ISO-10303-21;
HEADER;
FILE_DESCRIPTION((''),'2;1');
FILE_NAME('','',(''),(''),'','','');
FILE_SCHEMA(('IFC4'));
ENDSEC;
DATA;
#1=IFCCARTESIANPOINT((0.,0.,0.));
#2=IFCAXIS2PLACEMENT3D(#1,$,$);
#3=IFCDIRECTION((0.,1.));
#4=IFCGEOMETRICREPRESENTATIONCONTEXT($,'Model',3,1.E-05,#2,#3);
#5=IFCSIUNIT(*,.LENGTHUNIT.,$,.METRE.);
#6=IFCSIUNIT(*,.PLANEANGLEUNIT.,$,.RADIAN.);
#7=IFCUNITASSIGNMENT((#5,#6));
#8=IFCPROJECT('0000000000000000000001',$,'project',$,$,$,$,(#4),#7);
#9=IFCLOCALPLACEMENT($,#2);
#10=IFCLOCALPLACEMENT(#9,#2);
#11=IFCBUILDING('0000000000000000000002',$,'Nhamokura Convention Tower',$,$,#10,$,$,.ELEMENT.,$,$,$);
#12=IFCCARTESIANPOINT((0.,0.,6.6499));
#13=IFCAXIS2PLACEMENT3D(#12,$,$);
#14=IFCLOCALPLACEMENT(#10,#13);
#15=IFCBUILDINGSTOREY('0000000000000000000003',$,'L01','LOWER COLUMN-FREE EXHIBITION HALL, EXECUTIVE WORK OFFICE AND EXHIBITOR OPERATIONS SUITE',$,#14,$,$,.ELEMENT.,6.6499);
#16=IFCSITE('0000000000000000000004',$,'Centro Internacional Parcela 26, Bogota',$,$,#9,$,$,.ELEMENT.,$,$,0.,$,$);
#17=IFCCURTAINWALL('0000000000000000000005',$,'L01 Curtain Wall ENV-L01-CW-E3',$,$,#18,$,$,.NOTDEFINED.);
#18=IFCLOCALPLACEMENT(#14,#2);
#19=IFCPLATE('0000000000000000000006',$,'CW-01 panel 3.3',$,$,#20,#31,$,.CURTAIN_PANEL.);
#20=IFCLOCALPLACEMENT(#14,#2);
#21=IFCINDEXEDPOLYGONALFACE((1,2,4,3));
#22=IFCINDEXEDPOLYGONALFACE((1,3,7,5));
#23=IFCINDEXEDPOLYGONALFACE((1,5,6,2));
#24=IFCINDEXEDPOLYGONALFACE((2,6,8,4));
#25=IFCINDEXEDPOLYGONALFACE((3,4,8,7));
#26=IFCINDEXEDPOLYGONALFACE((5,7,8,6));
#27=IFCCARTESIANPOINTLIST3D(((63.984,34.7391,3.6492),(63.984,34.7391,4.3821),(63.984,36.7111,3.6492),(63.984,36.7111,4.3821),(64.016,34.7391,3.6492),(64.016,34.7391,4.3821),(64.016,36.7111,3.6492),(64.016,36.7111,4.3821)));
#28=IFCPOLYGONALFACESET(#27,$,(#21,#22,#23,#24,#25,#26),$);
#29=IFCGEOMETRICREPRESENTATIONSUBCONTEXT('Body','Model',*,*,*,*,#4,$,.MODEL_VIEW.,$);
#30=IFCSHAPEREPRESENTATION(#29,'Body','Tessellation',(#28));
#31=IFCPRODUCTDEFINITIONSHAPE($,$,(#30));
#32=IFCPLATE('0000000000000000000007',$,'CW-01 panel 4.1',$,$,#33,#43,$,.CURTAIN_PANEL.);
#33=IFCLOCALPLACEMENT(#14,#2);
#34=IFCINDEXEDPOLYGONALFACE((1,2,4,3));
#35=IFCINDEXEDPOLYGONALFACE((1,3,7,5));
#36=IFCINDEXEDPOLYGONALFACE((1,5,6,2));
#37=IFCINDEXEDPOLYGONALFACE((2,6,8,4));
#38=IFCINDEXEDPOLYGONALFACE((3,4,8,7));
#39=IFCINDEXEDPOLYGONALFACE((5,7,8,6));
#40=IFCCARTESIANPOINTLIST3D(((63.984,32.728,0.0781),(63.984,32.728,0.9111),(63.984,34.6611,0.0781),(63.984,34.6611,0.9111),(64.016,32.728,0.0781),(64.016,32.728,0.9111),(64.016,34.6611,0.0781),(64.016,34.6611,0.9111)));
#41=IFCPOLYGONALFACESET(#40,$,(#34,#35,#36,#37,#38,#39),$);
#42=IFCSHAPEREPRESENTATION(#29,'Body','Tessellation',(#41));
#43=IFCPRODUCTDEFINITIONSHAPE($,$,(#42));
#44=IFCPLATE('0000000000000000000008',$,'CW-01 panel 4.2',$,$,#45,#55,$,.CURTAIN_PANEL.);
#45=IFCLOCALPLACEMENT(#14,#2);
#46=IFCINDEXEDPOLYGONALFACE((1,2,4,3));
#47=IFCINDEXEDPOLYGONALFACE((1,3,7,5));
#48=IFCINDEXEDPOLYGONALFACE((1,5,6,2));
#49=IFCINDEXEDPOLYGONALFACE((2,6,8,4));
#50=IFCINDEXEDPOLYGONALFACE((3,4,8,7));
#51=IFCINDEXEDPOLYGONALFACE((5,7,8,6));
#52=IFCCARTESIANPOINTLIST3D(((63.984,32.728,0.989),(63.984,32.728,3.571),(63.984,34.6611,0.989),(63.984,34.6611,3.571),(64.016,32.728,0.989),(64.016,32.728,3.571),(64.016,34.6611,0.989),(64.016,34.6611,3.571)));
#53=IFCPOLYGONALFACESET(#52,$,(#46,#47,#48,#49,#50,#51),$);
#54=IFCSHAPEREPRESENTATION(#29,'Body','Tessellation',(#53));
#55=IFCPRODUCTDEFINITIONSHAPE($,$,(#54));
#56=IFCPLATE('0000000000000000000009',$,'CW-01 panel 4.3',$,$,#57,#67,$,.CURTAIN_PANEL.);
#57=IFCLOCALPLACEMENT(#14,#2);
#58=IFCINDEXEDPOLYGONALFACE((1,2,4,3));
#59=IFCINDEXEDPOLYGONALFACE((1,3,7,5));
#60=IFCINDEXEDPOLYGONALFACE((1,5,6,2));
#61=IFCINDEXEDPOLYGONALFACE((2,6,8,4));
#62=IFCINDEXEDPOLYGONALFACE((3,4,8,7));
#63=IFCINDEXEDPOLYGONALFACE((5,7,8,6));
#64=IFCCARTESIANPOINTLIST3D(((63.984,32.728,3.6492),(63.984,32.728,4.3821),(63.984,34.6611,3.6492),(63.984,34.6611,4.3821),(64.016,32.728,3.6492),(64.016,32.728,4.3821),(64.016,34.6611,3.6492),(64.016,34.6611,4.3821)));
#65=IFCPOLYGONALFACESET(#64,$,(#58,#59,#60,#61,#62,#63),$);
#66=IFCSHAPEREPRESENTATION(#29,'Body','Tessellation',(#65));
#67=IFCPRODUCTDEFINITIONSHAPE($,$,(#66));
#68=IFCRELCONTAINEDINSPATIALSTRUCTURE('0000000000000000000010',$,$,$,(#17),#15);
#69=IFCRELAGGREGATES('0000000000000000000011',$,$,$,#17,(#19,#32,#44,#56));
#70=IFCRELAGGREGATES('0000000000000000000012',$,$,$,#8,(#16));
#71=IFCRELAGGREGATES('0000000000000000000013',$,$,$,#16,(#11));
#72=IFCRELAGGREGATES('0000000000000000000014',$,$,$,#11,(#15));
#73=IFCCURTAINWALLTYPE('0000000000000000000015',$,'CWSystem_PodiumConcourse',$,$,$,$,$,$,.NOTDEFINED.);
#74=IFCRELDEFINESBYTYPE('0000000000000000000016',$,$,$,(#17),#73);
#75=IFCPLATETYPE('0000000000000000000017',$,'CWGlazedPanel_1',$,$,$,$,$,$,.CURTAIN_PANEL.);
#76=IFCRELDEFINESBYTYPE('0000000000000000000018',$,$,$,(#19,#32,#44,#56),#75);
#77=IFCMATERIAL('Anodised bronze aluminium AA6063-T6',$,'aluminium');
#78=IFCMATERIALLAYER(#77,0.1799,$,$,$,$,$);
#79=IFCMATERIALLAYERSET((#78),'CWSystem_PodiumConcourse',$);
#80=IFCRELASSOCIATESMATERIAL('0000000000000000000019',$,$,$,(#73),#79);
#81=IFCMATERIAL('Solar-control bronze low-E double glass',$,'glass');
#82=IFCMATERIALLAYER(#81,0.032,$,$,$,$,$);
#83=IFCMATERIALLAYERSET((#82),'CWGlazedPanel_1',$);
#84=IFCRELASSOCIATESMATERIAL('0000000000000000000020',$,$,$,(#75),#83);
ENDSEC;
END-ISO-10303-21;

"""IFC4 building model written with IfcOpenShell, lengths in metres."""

from ifc_helpers import new_model, si_unit, direction, frame, origin, origin_2d, place, context, subcontext, project, spatial, rectangle, extrude, material, layer, layer_set, type_object, element, aggregate, save


model = new_model("IFC4")

# Units and contexts
model_context = context("Model", 3, precision=1e-05, world=origin(), true_north=direction((0.0, 1.0)))
body_context = subcontext(model_context, "Body", "Model", "MODEL_VIEW")
ifc_project = project(units=[si_unit("LENGTHUNIT", "METRE"), si_unit("PLANEANGLEUNIT", "RADIAN")], contexts=[model_context])

# Site, building, storey
site_placement = place(None, origin())
site = spatial("IfcSite", under=ifc_project, at=site_placement, Name="Centro Internacional Parcela 26, Bogota", CompositionType="ELEMENT", RefElevation=0.0)
building_placement = place(site_placement, origin())
building = spatial("IfcBuilding", under=site, at=building_placement, Name="Nhamokura Convention Tower", CompositionType="ELEMENT")
storey_placement = place(building_placement, frame((0.0, 0.0, 6.6499)))
storey = spatial("IfcBuildingStorey", under=building, at=storey_placement, Name="L01", Description="LOWER COLUMN-FREE EXHIBITION HALL, EXECUTIVE WORK OFFICE AND EXHIBITOR OPERATIONS SUITE", CompositionType="ELEMENT", Elevation=6.6499)

# Curtain wall
ifc_material_1 = material(Name="Anodised bronze aluminium AA6063-T6", Category="aluminium")
ifc_layer_1 = layer(ifc_material_1, 0.1799)
ifc_layer_set_1 = layer_set([ifc_layer_1], Name="CWSystem_PodiumConcourse")
curtain_wall_type = type_object("IfcCurtainWallType", Name="CWSystem_PodiumConcourse", PredefinedType="NOTDEFINED", material=ifc_layer_set_1)
curtain_wall_placement = place(storey_placement, origin())
curtain_wall = element("IfcCurtainWall", 1, at=curtain_wall_placement, inside=storey, type_object=curtain_wall_type, Name="L01 Curtain Wall ENV-L01-CW-E3", PredefinedType="NOTDEFINED")

# Plates
ifc_material_2 = material(Name="Solar-control bronze low-E double glass", Category="glass")
ifc_layer_2 = layer(ifc_material_2, 0.032)
ifc_layer_set_2 = layer_set([ifc_layer_2], Name="CWGlazedPanel_1")
plate_type = type_object("IfcPlateType", Name="CWGlazedPanel_1", PredefinedType="CURTAIN_PANEL", material=ifc_layer_set_2)
plate_1_placement = place(storey_placement, frame((64.0, 35.7251, 3.6492), z_axis=(0.0, 0.0, 1.0), x_axis=(0.0, -1.0, 0.0)))
plate_1 = element("IfcPlate", 2, at=plate_1_placement, type_object=plate_type, Name="CW-01 panel 3.3", PredefinedType="CURTAIN_PANEL", context=body_context, shape_type="SweptSolid", body=[
    extrude(rectangle(XDim=1.9719, YDim=0.032, at=origin_2d()), origin(), (0.0, 0.0, 1.0), 0.7329),
])
plate_2_placement = place(storey_placement, frame((64.0, 33.6946, 0.0781), z_axis=(0.0, 0.0, 1.0), x_axis=(0.0, -1.0, 0.0)))
plate_2 = element("IfcPlate", 3, at=plate_2_placement, type_object=plate_type, Name="CW-01 panel 4.1", PredefinedType="CURTAIN_PANEL", context=body_context, shape_type="SweptSolid", body=[
    extrude(rectangle(XDim=1.9331, YDim=0.032, at=origin_2d()), origin(), (0.0, 0.0, 1.0), 0.833),
])
plate_3_placement = place(storey_placement, frame((64.0, 33.6946, 0.989), z_axis=(0.0, 0.0, 1.0), x_axis=(0.0, -1.0, 0.0)))
plate_3 = element("IfcPlate", 4, at=plate_3_placement, type_object=plate_type, Name="CW-01 panel 4.2", PredefinedType="CURTAIN_PANEL", context=body_context, shape_type="SweptSolid", body=[
    extrude(rectangle(XDim=1.9331, YDim=0.032, at=origin_2d()), origin(), (0.0, 0.0, 1.0), 2.582),
])
plate_4_placement = place(storey_placement, frame((64.0, 33.6946, 3.6492), z_axis=(0.0, 0.0, 1.0), x_axis=(0.0, -1.0, 0.0)))
plate_4 = element("IfcPlate", 5, at=plate_4_placement, type_object=plate_type, Name="CW-01 panel 4.3", PredefinedType="CURTAIN_PANEL", context=body_context, shape_type="SweptSolid", body=[
    extrude(rectangle(XDim=1.9331, YDim=0.032, at=origin_2d()), origin(), (0.0, 0.0, 1.0), 0.7329),
])
aggregate(curtain_wall, [plate_1, plate_2, plate_3, plate_4])

save(model, "model.ifc")
